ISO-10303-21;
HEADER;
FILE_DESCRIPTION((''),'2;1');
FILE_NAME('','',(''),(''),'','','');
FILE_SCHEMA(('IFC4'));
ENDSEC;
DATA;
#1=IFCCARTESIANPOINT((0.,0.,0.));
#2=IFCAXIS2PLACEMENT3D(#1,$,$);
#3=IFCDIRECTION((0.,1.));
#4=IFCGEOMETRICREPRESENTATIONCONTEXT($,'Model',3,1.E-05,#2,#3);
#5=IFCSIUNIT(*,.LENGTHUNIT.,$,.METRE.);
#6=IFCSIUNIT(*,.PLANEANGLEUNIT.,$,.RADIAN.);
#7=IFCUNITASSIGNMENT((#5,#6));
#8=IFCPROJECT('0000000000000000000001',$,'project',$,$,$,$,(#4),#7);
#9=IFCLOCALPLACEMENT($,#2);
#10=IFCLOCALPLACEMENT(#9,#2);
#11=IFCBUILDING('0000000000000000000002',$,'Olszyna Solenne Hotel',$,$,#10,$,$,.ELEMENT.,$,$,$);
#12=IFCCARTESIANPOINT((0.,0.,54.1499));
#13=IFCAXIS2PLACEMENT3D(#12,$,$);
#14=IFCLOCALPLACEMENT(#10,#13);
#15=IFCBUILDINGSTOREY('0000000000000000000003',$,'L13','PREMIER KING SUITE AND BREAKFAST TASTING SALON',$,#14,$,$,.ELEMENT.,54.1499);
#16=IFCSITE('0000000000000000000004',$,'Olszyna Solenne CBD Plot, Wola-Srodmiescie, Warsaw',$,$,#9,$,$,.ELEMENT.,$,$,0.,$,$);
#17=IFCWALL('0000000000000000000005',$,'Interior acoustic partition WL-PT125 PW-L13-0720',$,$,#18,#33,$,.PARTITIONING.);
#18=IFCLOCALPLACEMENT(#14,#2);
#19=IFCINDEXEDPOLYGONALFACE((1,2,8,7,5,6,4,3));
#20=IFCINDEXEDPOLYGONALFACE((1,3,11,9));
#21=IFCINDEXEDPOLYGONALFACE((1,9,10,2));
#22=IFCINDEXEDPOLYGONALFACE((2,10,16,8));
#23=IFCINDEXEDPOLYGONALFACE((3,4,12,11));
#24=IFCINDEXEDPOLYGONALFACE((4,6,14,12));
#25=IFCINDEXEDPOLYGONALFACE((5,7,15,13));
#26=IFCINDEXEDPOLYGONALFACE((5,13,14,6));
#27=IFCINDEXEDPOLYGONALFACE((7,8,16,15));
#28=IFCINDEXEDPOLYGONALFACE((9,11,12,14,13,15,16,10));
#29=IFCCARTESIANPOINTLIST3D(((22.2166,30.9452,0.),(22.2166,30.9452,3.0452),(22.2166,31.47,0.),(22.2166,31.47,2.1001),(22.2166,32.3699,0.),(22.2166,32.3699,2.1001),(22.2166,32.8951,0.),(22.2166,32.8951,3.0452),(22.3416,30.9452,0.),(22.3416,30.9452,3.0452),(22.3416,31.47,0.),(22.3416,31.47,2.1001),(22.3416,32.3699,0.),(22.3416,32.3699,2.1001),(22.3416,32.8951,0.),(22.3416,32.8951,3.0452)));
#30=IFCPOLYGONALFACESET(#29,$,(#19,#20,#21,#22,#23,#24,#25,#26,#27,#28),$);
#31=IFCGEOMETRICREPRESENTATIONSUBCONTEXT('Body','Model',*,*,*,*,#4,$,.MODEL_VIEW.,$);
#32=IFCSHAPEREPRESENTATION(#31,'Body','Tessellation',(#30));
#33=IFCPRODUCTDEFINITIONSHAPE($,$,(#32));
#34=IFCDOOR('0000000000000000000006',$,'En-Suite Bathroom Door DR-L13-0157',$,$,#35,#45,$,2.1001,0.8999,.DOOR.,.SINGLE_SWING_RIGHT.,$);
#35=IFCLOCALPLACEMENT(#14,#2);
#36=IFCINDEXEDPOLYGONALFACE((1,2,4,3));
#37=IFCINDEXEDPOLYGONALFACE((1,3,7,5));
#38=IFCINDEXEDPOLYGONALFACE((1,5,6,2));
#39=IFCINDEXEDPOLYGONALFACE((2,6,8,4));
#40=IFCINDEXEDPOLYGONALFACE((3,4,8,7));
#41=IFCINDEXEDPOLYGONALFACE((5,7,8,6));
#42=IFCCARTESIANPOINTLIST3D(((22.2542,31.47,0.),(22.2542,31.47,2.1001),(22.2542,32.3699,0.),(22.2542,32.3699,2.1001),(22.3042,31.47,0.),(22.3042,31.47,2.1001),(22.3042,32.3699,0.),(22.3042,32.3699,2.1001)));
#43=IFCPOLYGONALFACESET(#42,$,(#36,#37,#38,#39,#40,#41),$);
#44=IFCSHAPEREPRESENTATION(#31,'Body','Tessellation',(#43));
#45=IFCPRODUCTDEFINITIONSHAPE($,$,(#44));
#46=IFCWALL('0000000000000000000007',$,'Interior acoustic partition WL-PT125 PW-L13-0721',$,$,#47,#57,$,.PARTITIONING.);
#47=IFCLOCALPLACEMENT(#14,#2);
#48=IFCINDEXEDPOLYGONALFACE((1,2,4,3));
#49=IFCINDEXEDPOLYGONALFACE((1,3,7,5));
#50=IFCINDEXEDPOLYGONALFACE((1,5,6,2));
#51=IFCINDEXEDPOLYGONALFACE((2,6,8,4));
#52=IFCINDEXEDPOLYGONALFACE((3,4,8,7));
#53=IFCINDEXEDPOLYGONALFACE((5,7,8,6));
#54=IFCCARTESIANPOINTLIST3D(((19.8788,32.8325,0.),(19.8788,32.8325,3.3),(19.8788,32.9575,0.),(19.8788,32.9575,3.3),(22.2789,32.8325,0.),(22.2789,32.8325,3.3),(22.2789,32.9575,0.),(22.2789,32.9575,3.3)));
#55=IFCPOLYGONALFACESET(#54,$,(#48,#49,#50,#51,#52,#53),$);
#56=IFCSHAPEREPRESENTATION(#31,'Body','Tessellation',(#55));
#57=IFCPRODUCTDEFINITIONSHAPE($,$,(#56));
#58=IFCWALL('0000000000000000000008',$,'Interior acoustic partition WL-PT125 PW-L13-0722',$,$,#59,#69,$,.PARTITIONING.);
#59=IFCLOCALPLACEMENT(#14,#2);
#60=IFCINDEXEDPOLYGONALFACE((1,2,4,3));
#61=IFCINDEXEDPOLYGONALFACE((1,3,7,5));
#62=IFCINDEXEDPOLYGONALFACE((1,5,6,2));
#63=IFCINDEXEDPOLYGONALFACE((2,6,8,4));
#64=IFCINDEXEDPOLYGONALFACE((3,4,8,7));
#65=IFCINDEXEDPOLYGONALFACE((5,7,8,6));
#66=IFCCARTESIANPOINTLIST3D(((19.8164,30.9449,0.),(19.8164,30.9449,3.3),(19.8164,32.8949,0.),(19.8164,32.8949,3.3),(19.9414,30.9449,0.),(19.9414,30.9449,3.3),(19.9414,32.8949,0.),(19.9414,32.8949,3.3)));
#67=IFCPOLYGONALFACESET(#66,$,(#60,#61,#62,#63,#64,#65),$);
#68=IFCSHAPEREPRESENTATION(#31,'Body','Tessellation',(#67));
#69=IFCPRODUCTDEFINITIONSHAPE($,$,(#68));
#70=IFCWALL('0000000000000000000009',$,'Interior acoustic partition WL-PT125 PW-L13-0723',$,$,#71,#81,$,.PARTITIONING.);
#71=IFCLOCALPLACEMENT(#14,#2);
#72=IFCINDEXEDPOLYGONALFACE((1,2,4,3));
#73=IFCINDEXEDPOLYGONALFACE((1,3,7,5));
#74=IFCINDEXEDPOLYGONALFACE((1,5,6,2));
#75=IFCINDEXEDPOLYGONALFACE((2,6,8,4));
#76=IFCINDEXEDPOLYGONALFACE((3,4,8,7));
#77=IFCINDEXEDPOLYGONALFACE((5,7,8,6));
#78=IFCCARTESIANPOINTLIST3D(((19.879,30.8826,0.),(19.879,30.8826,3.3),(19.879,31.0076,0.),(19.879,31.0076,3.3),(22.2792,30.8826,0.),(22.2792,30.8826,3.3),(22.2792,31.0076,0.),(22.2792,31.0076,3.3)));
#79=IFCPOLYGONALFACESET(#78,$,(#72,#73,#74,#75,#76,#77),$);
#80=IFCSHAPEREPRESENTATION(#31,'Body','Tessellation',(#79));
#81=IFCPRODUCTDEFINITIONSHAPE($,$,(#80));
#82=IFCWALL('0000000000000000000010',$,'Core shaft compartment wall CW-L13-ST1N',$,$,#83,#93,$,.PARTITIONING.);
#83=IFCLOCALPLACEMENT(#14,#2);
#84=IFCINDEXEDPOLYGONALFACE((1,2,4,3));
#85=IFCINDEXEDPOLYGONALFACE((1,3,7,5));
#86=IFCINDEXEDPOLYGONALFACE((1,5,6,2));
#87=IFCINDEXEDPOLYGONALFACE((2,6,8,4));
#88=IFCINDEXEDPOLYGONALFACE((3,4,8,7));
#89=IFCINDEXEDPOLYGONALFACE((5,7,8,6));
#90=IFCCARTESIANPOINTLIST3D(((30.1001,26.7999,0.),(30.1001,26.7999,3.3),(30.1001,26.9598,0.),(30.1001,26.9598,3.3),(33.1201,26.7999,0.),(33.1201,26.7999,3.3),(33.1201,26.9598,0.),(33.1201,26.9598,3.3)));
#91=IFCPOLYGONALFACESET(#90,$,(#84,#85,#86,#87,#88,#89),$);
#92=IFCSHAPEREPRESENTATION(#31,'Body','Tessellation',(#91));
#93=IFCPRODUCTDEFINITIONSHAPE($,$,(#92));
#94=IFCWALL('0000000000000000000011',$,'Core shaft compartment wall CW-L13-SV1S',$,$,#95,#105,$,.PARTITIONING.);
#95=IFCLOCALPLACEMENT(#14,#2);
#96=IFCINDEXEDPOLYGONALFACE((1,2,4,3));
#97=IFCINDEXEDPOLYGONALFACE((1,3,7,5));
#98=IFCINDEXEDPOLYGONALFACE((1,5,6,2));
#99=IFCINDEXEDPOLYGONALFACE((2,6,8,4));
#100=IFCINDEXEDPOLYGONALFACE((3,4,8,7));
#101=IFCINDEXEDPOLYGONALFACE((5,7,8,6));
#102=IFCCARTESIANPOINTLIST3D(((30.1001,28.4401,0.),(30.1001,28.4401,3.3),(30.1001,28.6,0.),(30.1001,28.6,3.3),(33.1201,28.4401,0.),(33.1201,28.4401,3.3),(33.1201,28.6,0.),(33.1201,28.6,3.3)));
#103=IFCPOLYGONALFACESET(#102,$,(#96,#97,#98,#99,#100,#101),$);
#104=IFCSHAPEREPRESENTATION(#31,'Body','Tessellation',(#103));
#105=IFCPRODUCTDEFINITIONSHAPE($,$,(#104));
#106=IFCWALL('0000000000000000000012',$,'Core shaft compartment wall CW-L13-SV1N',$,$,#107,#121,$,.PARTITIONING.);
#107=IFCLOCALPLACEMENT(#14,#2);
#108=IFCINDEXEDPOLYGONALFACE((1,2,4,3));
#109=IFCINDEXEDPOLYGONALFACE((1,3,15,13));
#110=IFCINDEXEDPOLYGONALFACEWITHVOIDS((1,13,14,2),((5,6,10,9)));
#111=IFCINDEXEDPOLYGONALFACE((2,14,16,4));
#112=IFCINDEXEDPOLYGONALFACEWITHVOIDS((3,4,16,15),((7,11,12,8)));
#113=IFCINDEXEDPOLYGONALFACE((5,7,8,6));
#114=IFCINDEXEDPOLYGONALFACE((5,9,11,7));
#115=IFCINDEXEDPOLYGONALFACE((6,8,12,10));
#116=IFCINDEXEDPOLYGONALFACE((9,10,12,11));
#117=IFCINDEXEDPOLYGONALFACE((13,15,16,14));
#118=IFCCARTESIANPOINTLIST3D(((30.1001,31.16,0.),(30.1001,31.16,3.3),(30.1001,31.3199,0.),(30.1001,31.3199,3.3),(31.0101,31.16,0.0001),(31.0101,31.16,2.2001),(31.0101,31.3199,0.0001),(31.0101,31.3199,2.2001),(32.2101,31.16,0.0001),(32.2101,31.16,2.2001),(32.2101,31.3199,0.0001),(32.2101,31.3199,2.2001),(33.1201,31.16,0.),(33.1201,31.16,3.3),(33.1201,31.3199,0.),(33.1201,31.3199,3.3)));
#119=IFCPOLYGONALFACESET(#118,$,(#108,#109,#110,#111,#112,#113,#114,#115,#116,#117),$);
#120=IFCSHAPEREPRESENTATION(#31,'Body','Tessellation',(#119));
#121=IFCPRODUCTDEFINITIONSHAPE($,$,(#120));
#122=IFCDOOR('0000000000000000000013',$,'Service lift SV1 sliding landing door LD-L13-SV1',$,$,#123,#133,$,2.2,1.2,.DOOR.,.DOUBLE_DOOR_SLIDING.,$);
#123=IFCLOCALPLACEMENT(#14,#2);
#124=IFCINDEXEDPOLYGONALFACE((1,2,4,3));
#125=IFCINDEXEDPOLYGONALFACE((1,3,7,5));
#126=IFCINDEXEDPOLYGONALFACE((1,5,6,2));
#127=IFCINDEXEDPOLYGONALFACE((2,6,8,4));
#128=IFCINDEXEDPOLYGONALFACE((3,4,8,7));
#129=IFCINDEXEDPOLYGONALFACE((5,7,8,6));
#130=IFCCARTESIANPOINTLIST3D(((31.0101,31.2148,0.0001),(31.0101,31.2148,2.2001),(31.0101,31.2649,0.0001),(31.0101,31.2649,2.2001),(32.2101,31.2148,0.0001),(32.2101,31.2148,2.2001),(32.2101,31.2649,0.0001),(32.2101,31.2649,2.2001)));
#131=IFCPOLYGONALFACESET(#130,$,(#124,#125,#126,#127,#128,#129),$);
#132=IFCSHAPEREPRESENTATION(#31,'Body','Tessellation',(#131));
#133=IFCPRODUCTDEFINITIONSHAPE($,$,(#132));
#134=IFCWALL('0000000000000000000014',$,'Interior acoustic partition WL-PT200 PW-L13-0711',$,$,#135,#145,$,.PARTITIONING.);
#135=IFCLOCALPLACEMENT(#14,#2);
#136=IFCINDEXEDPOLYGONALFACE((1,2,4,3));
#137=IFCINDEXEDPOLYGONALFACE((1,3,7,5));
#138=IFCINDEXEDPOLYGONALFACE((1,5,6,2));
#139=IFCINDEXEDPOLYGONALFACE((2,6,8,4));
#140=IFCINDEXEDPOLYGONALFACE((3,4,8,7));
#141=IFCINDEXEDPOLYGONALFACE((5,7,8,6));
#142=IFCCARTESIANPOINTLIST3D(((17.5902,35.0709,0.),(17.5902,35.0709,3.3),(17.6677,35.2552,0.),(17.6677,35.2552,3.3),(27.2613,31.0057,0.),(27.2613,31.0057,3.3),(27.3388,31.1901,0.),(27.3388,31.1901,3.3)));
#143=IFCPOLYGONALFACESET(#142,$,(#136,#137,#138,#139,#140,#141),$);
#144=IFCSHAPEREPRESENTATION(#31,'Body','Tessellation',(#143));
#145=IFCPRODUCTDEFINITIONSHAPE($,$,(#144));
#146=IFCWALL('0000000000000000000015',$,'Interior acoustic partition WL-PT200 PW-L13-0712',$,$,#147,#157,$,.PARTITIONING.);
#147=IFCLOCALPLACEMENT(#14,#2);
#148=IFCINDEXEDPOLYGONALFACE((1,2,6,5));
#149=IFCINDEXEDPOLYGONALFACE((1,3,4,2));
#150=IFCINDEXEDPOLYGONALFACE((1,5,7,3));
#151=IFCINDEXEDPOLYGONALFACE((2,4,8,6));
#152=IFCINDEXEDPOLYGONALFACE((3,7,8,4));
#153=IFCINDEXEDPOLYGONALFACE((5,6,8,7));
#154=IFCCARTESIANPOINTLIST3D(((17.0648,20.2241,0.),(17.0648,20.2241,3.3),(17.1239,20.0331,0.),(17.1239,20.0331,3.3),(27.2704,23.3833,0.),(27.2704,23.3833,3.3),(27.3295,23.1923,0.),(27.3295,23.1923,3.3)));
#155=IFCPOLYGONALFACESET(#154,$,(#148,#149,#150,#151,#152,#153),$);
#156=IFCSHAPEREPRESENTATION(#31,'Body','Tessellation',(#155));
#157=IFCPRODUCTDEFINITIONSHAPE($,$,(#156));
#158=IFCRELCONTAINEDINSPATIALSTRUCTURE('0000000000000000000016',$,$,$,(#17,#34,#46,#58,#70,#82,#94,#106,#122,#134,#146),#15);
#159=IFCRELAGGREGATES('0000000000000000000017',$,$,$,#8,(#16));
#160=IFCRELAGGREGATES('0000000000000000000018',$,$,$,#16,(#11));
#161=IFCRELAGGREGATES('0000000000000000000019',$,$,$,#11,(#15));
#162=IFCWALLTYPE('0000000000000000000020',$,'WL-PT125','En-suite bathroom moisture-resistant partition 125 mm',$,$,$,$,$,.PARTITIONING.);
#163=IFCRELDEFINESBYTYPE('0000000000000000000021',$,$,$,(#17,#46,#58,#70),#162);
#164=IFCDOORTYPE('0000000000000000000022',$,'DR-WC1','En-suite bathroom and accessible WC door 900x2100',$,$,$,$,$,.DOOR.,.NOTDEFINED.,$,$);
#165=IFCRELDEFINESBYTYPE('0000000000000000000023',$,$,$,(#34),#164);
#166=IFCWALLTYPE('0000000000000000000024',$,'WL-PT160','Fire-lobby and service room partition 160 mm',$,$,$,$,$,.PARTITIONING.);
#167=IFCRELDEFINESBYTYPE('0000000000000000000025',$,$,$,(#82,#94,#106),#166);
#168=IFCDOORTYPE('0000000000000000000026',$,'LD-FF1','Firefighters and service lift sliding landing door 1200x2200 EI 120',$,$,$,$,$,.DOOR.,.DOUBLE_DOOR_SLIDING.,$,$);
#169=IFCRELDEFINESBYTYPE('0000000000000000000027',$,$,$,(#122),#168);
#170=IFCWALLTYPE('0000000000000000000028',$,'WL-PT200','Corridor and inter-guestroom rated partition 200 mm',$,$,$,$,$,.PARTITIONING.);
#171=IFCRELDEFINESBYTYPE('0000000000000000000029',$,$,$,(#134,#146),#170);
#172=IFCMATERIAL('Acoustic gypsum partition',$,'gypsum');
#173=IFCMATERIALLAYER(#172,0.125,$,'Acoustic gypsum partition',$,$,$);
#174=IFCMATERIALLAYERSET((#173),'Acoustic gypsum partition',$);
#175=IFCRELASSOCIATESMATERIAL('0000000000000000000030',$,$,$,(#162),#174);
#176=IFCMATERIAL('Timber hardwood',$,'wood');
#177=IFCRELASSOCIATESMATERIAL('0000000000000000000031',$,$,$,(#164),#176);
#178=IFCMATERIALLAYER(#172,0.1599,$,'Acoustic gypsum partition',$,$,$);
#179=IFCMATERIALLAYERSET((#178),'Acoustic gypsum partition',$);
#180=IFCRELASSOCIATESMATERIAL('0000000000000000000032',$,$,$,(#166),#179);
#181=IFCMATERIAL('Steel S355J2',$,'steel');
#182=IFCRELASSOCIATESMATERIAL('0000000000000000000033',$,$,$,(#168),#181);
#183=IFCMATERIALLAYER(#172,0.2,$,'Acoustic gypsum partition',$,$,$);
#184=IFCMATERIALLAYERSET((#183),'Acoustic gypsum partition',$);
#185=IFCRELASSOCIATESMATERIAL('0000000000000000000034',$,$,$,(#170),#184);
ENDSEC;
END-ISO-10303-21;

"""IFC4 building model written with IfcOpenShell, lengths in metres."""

from ifc_helpers import new_model, si_unit, direction, frame, frame_2d, origin, place, context, subcontext, project, spatial, rectangle, extrude, source, transform, mapped, material, layer, layer_set, type_object, type_shapes, element, fill, save


model = new_model("IFC4")

# Units and contexts
model_context = context("Model", 3, precision=1e-05, world=origin(), true_north=direction((0.0, 1.0)))
body_context = subcontext(model_context, "Body", "Model", "MODEL_VIEW")
ifc_project = project(units=[si_unit("LENGTHUNIT", "METRE"), si_unit("PLANEANGLEUNIT", "RADIAN")], contexts=[model_context])

# Site, building, storey
site_placement = place(None, origin())
site = spatial("IfcSite", under=ifc_project, at=site_placement, Name="Olszyna Solenne CBD Plot, Wola-Srodmiescie, Warsaw", CompositionType="ELEMENT", RefElevation=0.0)
building_placement = place(site_placement, origin())
building = spatial("IfcBuilding", under=site, at=building_placement, Name="Olszyna Solenne Hotel", CompositionType="ELEMENT")
storey_placement = place(building_placement, frame((0.0, 0.0, 54.1499)))
storey = spatial("IfcBuildingStorey", under=building, at=storey_placement, Name="L13", Description="PREMIER KING SUITE AND BREAKFAST TASTING SALON", CompositionType="ELEMENT", Elevation=54.1499)

# Shared definitions
ifc_material_1 = material(Name="Steel S355J2", Category="steel")

# Shared definitions
ifc_material_2 = material(Name="Acoustic gypsum partition", Category="gypsum")
ifc_layer_1 = layer(ifc_material_2, 0.125, Name="Acoustic gypsum partition")
ifc_layer_set_1 = layer_set([ifc_layer_1], Name="Acoustic gypsum partition")
wall_type_1 = type_object("IfcWallType", Name="WL-PT125", Description="En-suite bathroom moisture-resistant partition 125 mm", PredefinedType="PARTITIONING", material=ifc_layer_set_1)

# Wall, opening, door
wall_1_placement = place(storey_placement, frame((22.2791, 30.9451, 0.0), z_axis=(0.0, 0.0, 1.0), x_axis=(0.0, 1.0, 0.0)))
wall_1 = element("IfcWall", 1, at=wall_1_placement, inside=storey, type_object=wall_type_1, Name="Interior acoustic partition WL-PT125 PW-L13-0720", PredefinedType="PARTITIONING", context=body_context, shape_type="SweptSolid", body=[
    extrude(rectangle(XDim=1.95, YDim=0.125, at=frame_2d((0.9751, 0.0))), origin(), (0.0, 0.0, 1.0), 3.0452),
])
opening_1_placement = place(wall_1_placement, frame((0.5249, 0.0, 0.0)))
opening_1 = element("IfcOpeningElement", 2, at=opening_1_placement, cuts=wall_1, PredefinedType="OPENING", context=body_context, shape_type="SweptSolid", body=[
    extrude(rectangle(XDim=0.8999, YDim=2.1001, at=frame_2d((0.45, 1.05))), frame((0.0, 0.0725, 0.0), z_axis=(0.0, -1.0, 0.0), x_axis=(1.0, 0.0, 0.0)), (0.0, 0.0, 1.0), 0.145),
])
ifc_material_3 = material(Name="Timber hardwood", Category="wood")
door_type_1 = type_object("IfcDoorType", Name="DR-WC1", Description="En-suite bathroom and accessible WC door 900x2100", OperationType="NOTDEFINED", PredefinedType="DOOR", material=ifc_material_3)
shared_shape_1 = source(origin(), body_context, "Body", "SweptSolid", [
    extrude(rectangle(XDim=0.8999, YDim=2.1001, at=frame_2d((0.45, 1.05))), frame((0.0, 0.0249, 0.0), z_axis=(0.0, -1.0, 0.0), x_axis=(1.0, 0.0, 0.0)), (0.0, 0.0, 1.0), 0.05),
])
type_shapes(door_type_1, [shared_shape_1])
door_1_placement = place(opening_1_placement, origin())
door_1 = element("IfcDoor", 3, at=door_1_placement, inside=storey, type_object=door_type_1, Name="En-Suite Bathroom Door DR-L13-0157", OperationType="SINGLE_SWING_RIGHT", OverallHeight=2.1001, OverallWidth=0.8999, PredefinedType="DOOR", context=body_context, shape_type="MappedRepresentation", body=[
    mapped(shared_shape_1, transform((0.0, 0.0, 0.0), x_axis=(1.0, 0.0, 0.0), y_axis=(0.0, 1.0, 0.0), z_axis=(0.0, 0.0, 1.0), scale=1.0)),
])
fill(opening_1, door_1)

# Walls
wall_2_placement = place(storey_placement, frame((22.2791, 32.895, 0.0), z_axis=(0.0, 0.0, 1.0), x_axis=(-1.0, 0.0, 0.0)))
element("IfcWall", 4, at=wall_2_placement, inside=storey, type_object=wall_type_1, Name="Interior acoustic partition WL-PT125 PW-L13-0721", PredefinedType="PARTITIONING", context=body_context, shape_type="SweptSolid", body=[
    extrude(rectangle(XDim=2.4001, YDim=0.125, at=frame_2d((1.2002, 0.0))), origin(), (0.0, 0.0, 1.0), 3.3),
])
wall_3_placement = place(storey_placement, frame((19.8789, 32.895, 0.0), z_axis=(0.0, 0.0, 1.0), x_axis=(0.0, -1.0, 0.0)))
element("IfcWall", 5, at=wall_3_placement, inside=storey, type_object=wall_type_1, Name="Interior acoustic partition WL-PT125 PW-L13-0722", PredefinedType="PARTITIONING", context=body_context, shape_type="SweptSolid", body=[
    extrude(rectangle(XDim=1.95, YDim=0.125, at=frame_2d((0.9751, 0.0))), origin(), (0.0, 0.0, 1.0), 3.3),
])
wall_4_placement = place(storey_placement, frame((19.8789, 30.9451, 0.0), z_axis=(0.0, 0.0, 1.0), x_axis=(1.0, 0.0, 0.0)))
element("IfcWall", 6, at=wall_4_placement, inside=storey, type_object=wall_type_1, Name="Interior acoustic partition WL-PT125 PW-L13-0723", PredefinedType="PARTITIONING", context=body_context, shape_type="SweptSolid", body=[
    extrude(rectangle(XDim=2.4001, YDim=0.125, at=frame_2d((1.2002, 0.0))), origin(), (0.0, 0.0, 1.0), 3.3),
])
ifc_layer_2 = layer(ifc_material_2, 0.1599, Name="Acoustic gypsum partition")
ifc_layer_set_2 = layer_set([ifc_layer_2], Name="Acoustic gypsum partition")
wall_type_2 = type_object("IfcWallType", Name="WL-PT160", Description="Fire-lobby and service room partition 160 mm", PredefinedType="PARTITIONING", material=ifc_layer_set_2)
for number, where, z_axis, x_axis, name in (
    (7, (30.1001, 26.8799, 0.0), (0.0, 0.0, 1.0), (1.0, 0.0, 0.0), "Core shaft compartment wall CW-L13-ST1N"),
    (8, (30.1001, 28.52, 0.0), (0.0, 0.0, 1.0), (1.0, 0.0, 0.0), "Core shaft compartment wall CW-L13-SV1S"),
):
    element("IfcWall", number, at=place(storey_placement, frame(where, z_axis=z_axis, x_axis=x_axis)), inside=storey, type_object=wall_type_2, Name=name, PredefinedType="PARTITIONING", context=body_context, shape_type="SweptSolid", body=[
        extrude(rectangle(XDim=3.02, YDim=0.1599, at=frame_2d((1.51, 0.0))), origin(), (0.0, 0.0, 1.0), 3.3),
    ])

# Wall, opening, door
wall_5_placement = place(storey_placement, frame((30.1001, 31.24, 0.0), z_axis=(0.0, 0.0, 1.0), x_axis=(1.0, 0.0, 0.0)))
wall_5 = element("IfcWall", 9, at=wall_5_placement, inside=storey, type_object=wall_type_2, Name="Core shaft compartment wall CW-L13-SV1N", PredefinedType="PARTITIONING", context=body_context, shape_type="SweptSolid", body=[
    extrude(rectangle(XDim=3.02, YDim=0.1599, at=frame_2d((1.51, 0.0))), origin(), (0.0, 0.0, 1.0), 3.3),
])
opening_2_placement = place(wall_5_placement, frame((0.9099, 0.0, 0.0)))
opening_2 = element("IfcOpeningElement", 10, at=opening_2_placement, cuts=wall_5, PredefinedType="OPENING", context=body_context, shape_type="SweptSolid", body=[
    extrude(rectangle(XDim=1.2, YDim=2.2, at=frame_2d((0.6001, 1.1001))), frame((0.0, 0.0898, 0.0), z_axis=(0.0, -1.0, 0.0), x_axis=(1.0, 0.0, 0.0)), (0.0, 0.0, 1.0), 0.1799),
])
door_type_2 = type_object("IfcDoorType", Name="LD-FF1", Description="Firefighters and service lift sliding landing door 1200x2200 EI 120", OperationType="DOUBLE_DOOR_SLIDING", PredefinedType="DOOR", material=ifc_material_1)
shared_shape_2 = source(origin(), body_context, "Body", "SweptSolid", [
    extrude(rectangle(XDim=1.2, YDim=2.2, at=frame_2d((0.6001, 1.1001))), frame((0.0, 0.0249, 0.0), z_axis=(0.0, -1.0, 0.0), x_axis=(1.0, 0.0, 0.0)), (0.0, 0.0, 1.0), 0.05),
])
type_shapes(door_type_2, [shared_shape_2])
door_2_placement = place(opening_2_placement, origin())
door_2 = element("IfcDoor", 11, at=door_2_placement, inside=storey, type_object=door_type_2, Name="Service lift SV1 sliding landing door LD-L13-SV1", OperationType="DOUBLE_DOOR_SLIDING", OverallHeight=2.2, OverallWidth=1.2, PredefinedType="DOOR", context=body_context, shape_type="MappedRepresentation", body=[
    mapped(shared_shape_2, transform((0.0, 0.0, 0.0), x_axis=(1.0, 0.0, 0.0), y_axis=(0.0, 1.0, 0.0), z_axis=(0.0, 0.0, 1.0), scale=1.0)),
])
fill(opening_2, door_2)

# Walls
ifc_layer_3 = layer(ifc_material_2, 0.2, Name="Acoustic gypsum partition")
ifc_layer_set_3 = layer_set([ifc_layer_3], Name="Acoustic gypsum partition")
wall_type_3 = type_object("IfcWallType", Name="WL-PT200", Description="Corridor and inter-guestroom rated partition 200 mm", PredefinedType="PARTITIONING", material=ifc_layer_set_3)
wall_6_placement = place(storey_placement, frame((27.3, 31.0979, 0.0), z_axis=(0.0, 0.0, 1.0), x_axis=(-0.92187, 0.3875, 0.0)))
element("IfcWall", 12, at=wall_6_placement, inside=storey, type_object=wall_type_3, Name="Interior acoustic partition WL-PT200 PW-L13-0711", PredefinedType="PARTITIONING", context=body_context, shape_type="SweptSolid", body=[
    extrude(rectangle(XDim=10.4907, YDim=0.2, at=frame_2d((5.2454, 0.0))), origin(), (0.0, 0.0, 1.0), 3.3),
])
wall_7_placement = place(storey_placement, frame((27.3, 23.2878, 0.0), z_axis=(0.0, 0.0, 1.0), x_axis=(-0.955278, -0.295711, 0.0)))
element("IfcWall", 13, at=wall_7_placement, inside=storey, type_object=wall_type_3, Name="Interior acoustic partition WL-PT200 PW-L13-0712", PredefinedType="PARTITIONING", context=body_context, shape_type="SweptSolid", body=[
    extrude(rectangle(XDim=10.6833, YDim=0.2, at=frame_2d((5.3418, 0.0))), origin(), (0.0, 0.0, 1.0), 3.3),
])

save(model, "model.ifc")
